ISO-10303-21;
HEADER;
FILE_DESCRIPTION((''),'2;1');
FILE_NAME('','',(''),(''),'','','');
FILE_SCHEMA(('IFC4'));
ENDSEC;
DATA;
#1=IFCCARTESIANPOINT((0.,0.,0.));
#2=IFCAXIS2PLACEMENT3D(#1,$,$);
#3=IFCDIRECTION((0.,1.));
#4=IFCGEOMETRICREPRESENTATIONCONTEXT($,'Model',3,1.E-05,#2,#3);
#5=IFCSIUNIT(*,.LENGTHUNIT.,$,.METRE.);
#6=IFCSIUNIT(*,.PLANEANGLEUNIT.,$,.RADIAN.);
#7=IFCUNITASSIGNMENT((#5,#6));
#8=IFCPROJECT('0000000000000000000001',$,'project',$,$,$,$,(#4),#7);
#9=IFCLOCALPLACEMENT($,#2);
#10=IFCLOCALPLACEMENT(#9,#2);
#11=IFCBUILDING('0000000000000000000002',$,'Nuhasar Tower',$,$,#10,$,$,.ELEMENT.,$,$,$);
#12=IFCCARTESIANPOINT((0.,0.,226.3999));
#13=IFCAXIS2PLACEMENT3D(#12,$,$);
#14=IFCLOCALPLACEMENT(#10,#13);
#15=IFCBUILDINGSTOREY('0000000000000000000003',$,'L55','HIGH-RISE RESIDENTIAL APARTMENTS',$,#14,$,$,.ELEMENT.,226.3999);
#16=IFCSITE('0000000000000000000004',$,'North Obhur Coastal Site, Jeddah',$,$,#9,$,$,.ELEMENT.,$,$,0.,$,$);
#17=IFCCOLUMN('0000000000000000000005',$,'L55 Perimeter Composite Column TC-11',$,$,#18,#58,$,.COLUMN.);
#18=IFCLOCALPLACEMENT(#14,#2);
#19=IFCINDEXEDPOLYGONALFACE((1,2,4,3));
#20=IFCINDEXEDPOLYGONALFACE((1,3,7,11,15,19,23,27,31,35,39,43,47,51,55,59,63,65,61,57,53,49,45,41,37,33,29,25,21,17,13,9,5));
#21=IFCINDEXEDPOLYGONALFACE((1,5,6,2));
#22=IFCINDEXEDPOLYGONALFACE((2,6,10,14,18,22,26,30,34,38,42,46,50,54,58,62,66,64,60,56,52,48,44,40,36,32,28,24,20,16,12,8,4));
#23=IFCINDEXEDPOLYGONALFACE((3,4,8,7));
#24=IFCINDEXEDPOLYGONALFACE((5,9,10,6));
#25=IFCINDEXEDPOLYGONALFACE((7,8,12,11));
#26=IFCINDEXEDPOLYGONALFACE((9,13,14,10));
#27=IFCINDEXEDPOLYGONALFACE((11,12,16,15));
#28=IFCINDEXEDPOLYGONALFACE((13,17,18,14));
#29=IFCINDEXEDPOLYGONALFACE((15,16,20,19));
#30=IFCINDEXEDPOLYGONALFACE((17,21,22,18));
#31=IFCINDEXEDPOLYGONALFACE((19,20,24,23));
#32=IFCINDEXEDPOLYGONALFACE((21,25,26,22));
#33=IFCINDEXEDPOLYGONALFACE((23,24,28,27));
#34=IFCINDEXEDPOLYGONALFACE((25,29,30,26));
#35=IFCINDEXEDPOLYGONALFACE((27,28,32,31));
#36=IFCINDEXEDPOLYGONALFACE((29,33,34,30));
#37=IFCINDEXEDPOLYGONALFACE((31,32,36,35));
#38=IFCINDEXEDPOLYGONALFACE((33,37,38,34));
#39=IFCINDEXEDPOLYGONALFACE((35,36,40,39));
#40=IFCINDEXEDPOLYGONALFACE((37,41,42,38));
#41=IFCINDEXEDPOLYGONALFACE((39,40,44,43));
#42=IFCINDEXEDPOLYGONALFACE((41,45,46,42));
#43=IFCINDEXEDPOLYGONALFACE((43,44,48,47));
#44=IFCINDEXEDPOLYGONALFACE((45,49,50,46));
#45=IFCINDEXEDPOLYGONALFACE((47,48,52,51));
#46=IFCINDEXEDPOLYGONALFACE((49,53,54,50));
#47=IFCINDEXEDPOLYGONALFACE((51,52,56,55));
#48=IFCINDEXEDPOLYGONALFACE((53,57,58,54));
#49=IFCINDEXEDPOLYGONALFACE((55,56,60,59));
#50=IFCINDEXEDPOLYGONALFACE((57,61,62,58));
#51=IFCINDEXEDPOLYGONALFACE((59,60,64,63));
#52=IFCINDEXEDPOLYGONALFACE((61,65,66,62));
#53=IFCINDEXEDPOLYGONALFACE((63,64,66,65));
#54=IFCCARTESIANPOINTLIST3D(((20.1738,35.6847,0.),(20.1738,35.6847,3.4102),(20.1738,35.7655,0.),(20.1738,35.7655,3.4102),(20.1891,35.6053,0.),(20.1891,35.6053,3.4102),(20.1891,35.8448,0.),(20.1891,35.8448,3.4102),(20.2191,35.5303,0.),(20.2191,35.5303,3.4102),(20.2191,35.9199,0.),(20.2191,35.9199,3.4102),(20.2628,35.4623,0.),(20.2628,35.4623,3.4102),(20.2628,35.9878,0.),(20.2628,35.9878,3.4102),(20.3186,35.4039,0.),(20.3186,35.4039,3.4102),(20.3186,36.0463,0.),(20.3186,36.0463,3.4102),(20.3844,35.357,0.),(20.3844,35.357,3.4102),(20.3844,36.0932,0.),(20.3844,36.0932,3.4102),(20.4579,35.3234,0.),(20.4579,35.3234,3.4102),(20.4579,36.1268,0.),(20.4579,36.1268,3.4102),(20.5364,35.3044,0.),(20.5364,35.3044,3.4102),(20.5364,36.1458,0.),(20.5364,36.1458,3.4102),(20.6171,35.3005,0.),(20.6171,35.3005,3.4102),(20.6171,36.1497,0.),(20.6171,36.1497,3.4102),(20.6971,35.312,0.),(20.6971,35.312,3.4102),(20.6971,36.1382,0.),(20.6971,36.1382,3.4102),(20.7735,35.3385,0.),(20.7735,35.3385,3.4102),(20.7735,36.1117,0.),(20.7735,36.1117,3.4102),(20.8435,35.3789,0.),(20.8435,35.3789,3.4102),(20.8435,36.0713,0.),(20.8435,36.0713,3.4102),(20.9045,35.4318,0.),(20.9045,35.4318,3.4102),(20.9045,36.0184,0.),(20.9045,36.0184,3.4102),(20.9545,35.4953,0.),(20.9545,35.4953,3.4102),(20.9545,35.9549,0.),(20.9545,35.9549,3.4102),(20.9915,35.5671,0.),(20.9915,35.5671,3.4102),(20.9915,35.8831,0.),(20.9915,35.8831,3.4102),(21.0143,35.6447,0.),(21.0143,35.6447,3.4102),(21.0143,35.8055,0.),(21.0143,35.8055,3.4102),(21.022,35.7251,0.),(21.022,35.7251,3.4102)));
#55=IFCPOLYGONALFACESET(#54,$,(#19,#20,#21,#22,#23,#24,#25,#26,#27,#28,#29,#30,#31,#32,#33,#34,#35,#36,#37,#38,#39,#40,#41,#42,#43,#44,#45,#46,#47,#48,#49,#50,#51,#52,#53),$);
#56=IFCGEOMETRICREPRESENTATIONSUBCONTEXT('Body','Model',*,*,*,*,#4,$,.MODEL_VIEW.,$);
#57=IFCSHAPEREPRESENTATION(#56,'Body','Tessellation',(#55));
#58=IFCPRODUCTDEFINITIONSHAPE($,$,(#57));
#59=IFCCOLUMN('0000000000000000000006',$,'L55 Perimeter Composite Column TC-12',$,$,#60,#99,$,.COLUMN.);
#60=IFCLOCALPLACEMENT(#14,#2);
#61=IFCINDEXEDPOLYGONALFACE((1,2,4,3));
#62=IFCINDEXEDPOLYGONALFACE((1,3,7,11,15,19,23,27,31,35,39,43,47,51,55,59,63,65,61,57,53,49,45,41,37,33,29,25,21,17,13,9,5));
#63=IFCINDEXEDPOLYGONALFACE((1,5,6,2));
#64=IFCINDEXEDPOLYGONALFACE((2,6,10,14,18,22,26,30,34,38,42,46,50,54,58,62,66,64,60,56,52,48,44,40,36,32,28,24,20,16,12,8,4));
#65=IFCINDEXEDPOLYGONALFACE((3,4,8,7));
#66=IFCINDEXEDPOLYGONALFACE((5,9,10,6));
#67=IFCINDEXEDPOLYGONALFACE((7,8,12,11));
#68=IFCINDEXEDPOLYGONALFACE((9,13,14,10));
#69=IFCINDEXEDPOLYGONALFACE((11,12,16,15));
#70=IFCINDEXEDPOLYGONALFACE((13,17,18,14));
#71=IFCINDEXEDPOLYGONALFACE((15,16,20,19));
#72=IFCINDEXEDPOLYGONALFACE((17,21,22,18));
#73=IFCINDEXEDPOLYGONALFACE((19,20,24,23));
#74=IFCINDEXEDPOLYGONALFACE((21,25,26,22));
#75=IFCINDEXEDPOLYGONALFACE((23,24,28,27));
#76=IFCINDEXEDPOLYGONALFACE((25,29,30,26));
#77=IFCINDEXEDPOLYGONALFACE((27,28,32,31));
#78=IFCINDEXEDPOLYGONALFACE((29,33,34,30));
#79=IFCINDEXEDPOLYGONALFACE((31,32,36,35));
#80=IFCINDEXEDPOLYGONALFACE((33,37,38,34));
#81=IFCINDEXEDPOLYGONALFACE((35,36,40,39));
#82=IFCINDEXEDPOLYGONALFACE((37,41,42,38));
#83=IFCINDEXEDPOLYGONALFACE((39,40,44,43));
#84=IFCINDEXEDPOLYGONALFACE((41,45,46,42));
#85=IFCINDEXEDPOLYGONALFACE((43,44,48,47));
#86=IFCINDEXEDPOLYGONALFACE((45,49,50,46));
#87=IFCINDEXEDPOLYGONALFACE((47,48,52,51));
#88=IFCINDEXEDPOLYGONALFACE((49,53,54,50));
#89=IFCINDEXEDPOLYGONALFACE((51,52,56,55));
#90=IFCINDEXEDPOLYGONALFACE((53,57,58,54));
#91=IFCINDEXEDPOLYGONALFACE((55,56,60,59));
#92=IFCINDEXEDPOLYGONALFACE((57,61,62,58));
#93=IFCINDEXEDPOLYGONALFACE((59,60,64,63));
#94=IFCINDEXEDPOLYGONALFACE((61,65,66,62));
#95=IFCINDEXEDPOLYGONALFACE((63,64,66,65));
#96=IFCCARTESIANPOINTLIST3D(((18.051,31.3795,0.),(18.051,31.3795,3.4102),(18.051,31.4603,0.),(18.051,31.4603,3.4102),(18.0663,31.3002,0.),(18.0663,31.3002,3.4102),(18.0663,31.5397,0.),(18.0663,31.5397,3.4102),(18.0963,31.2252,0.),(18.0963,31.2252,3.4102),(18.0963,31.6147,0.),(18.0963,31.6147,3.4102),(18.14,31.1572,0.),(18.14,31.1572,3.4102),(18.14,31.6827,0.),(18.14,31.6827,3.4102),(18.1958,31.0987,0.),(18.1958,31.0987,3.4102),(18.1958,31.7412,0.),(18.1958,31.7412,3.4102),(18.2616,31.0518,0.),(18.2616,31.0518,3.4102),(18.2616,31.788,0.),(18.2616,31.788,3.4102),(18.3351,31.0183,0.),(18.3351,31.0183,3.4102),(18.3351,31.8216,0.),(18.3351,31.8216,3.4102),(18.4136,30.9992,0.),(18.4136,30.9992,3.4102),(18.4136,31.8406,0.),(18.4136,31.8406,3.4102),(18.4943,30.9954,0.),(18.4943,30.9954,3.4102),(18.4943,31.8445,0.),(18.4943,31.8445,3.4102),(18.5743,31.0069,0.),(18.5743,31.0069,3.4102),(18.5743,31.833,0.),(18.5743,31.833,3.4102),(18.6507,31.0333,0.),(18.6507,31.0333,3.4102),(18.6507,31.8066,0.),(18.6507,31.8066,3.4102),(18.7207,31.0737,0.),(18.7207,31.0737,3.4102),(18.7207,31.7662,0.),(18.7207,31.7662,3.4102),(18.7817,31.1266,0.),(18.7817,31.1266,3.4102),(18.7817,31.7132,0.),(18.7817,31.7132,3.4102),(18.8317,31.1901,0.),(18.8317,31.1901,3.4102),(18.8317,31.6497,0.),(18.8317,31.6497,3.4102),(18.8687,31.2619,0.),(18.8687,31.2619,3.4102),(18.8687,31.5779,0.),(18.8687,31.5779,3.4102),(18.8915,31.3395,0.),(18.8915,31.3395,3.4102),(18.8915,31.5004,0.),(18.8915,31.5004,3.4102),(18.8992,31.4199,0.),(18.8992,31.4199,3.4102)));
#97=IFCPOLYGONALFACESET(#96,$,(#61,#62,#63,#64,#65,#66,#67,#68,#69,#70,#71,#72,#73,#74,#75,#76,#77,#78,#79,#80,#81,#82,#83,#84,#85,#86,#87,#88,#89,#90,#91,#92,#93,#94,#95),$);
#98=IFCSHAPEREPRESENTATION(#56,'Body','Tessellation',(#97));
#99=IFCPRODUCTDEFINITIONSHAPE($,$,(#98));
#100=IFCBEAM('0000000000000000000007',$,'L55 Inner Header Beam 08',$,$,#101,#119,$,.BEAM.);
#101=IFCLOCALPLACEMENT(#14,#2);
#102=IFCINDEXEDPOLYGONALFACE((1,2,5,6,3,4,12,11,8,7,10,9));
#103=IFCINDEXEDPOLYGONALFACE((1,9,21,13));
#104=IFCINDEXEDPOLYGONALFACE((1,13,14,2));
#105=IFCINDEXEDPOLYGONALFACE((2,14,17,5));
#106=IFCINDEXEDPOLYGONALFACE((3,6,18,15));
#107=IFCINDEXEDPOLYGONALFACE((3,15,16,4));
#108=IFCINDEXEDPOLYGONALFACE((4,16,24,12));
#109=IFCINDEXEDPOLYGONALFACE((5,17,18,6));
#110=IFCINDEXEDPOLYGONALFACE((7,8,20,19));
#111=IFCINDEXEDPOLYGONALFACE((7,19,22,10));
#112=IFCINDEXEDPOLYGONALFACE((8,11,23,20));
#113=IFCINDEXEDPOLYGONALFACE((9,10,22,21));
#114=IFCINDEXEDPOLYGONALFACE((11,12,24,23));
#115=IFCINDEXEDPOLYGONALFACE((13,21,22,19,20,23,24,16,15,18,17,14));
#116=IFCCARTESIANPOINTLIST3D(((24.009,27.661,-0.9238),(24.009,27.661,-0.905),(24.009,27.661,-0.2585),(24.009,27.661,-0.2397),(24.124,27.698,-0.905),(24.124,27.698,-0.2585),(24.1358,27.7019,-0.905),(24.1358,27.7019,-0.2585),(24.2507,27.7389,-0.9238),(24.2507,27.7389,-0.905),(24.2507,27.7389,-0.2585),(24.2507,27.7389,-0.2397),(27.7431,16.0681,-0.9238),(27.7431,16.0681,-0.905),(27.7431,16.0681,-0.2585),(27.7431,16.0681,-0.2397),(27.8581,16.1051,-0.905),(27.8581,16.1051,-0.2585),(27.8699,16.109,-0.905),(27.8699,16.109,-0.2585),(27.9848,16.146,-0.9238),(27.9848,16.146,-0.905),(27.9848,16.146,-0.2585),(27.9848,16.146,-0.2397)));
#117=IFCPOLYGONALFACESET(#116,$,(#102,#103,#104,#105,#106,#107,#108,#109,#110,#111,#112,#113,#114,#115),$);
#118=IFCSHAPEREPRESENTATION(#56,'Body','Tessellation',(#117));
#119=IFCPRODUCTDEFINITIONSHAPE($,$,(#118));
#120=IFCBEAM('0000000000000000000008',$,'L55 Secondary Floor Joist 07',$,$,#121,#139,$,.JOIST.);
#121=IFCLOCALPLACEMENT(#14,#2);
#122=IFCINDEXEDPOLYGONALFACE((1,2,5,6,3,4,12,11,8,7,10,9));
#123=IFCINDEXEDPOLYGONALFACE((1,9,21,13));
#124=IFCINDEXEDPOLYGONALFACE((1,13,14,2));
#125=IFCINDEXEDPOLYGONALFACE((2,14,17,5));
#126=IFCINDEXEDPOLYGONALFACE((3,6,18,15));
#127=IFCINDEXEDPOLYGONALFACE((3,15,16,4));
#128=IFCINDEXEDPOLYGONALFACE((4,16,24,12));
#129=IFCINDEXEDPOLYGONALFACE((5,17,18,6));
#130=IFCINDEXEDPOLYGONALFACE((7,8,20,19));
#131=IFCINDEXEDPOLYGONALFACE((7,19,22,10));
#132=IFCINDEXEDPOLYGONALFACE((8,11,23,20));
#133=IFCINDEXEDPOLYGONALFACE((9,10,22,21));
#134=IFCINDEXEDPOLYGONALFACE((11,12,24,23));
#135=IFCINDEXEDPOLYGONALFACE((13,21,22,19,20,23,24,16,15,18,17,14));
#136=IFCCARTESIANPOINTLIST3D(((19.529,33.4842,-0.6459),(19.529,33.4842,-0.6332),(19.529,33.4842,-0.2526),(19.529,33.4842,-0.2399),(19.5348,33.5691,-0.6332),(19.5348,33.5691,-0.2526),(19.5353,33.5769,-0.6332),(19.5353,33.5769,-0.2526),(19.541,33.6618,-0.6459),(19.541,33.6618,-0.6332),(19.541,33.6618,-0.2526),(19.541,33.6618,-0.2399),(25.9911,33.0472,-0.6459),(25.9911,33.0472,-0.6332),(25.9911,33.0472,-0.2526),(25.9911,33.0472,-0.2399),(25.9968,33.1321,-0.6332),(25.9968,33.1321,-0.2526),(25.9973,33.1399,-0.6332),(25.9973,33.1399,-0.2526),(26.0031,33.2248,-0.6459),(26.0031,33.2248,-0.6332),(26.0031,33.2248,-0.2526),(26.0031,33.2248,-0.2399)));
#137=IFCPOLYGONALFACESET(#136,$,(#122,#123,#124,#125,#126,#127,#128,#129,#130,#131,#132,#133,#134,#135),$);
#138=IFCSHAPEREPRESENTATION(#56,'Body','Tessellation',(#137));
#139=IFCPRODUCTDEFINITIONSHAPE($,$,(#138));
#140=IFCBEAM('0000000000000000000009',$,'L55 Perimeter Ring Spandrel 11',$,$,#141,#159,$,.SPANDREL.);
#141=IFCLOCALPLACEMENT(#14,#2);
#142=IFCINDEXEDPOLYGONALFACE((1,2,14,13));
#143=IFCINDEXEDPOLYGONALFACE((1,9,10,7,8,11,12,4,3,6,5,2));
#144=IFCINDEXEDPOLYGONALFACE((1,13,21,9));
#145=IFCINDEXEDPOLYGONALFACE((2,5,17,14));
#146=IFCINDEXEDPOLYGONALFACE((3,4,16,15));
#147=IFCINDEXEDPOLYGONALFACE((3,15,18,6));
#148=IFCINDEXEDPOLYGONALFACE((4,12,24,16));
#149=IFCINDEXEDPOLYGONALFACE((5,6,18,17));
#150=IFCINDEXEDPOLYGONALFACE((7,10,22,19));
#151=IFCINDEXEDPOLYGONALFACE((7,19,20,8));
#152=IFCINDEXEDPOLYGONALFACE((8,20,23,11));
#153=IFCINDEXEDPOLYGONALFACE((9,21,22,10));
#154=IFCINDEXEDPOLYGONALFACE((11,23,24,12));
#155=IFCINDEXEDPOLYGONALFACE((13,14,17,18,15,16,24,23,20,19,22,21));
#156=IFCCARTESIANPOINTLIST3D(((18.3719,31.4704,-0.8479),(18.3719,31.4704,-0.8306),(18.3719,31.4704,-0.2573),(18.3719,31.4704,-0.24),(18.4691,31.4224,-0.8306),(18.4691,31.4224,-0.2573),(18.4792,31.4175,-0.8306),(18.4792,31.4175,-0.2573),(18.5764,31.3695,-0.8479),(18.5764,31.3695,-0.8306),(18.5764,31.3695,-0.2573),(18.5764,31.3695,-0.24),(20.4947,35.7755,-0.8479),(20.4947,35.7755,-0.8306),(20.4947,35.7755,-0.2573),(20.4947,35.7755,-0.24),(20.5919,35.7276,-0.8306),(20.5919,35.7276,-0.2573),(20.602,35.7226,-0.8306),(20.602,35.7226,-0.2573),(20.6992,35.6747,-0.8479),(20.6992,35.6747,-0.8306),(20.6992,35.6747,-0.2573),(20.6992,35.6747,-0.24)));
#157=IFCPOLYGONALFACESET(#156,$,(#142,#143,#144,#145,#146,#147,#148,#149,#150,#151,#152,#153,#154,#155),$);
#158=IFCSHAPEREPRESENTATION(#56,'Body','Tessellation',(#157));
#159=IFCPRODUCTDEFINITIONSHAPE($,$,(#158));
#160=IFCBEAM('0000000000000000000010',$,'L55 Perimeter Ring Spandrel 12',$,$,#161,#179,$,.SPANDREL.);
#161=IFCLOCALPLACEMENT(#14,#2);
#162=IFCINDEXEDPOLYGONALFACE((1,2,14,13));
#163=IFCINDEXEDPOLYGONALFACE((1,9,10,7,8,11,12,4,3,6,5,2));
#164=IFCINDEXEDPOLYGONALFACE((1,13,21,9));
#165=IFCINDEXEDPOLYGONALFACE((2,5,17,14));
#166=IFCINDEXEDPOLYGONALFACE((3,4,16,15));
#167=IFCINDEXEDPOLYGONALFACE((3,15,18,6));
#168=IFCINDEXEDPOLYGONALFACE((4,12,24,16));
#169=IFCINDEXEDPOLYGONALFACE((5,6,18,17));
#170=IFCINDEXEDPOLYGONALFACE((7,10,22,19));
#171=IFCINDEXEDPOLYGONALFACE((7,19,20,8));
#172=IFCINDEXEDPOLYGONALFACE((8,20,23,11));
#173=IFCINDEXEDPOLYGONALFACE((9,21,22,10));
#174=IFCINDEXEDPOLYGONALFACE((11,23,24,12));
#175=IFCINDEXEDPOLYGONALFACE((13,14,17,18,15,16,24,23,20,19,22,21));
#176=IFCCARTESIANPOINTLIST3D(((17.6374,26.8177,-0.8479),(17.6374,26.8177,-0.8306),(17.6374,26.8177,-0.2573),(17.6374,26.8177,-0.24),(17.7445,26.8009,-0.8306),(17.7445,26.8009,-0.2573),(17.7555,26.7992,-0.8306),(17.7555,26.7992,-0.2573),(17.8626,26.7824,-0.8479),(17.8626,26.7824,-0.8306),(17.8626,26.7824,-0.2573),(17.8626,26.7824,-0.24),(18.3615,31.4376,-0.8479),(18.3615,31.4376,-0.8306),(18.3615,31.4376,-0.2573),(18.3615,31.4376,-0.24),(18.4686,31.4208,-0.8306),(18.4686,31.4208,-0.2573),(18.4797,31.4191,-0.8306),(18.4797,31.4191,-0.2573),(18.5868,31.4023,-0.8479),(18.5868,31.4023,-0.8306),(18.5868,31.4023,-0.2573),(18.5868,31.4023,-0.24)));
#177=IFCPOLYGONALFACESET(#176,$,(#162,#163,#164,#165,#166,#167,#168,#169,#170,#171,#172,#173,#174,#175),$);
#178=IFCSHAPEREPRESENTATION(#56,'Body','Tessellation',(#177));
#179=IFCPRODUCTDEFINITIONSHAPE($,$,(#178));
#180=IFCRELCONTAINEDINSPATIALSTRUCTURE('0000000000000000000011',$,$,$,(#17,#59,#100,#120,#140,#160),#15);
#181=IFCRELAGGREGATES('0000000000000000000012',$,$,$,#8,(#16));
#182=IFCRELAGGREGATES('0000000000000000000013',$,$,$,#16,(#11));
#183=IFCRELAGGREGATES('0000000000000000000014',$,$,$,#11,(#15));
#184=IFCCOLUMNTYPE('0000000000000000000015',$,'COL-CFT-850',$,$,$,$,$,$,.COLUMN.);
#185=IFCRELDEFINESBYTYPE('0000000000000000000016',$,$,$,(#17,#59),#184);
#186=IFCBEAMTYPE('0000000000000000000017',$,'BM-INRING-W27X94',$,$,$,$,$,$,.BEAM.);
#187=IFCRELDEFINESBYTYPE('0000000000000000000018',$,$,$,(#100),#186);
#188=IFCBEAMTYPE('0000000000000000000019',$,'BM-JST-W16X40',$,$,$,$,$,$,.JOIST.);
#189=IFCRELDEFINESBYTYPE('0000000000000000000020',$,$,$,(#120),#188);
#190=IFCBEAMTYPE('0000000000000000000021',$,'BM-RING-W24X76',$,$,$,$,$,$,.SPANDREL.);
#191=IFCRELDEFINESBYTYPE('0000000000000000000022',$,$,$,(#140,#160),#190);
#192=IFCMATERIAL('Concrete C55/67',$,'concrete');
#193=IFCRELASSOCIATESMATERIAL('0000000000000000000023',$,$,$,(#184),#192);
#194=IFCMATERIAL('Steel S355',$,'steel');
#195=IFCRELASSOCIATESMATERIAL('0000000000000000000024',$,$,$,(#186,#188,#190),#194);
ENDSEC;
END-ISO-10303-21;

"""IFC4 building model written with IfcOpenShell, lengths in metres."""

from ifc_helpers import new_model, si_unit, direction, frame, origin, origin_2d, place, context, subcontext, project, spatial, circle, i_section, extrude, material, material_profile, profile_set, type_object, element, save


model = new_model("IFC4")

# Units and contexts
model_context = context("Model", 3, precision=1e-05, world=origin(), true_north=direction((0.0, 1.0)))
body_context = subcontext(model_context, "Body", "Model", "MODEL_VIEW")
ifc_project = project(units=[si_unit("LENGTHUNIT", "METRE"), si_unit("PLANEANGLEUNIT", "RADIAN")], contexts=[model_context])

# Site, building, storey
site_placement = place(None, origin())
site = spatial("IfcSite", under=ifc_project, at=site_placement, Name="North Obhur Coastal Site, Jeddah", CompositionType="ELEMENT", RefElevation=0.0)
building_placement = place(site_placement, origin())
building = spatial("IfcBuilding", under=site, at=building_placement, Name="Nuhasar Tower", CompositionType="ELEMENT")
storey_placement = place(building_placement, frame((0.0, 0.0, 226.3999)))
storey = spatial("IfcBuildingStorey", under=building, at=storey_placement, Name="L55", Description="HIGH-RISE RESIDENTIAL APARTMENTS", CompositionType="ELEMENT", Elevation=226.3999)

# Columns
ifc_material_1 = material(Name="Concrete C55/67", Category="concrete")
ifc_material_profile_1 = material_profile(ifc_material_1, circle(Radius=0.425, at=origin_2d()), Name="CFT850")
ifc_profile_set_1 = profile_set([ifc_material_profile_1], Name="Concrete C55/67")
column_type = type_object("IfcColumnType", Name="COL-CFT-850", PredefinedType="COLUMN", material=ifc_profile_set_1)
for number, where, z_axis, x_axis, name in (
    (1, (20.5969, 35.7251, 0.0), (0.0, 0.0, 1.0), (1.0, 0.0, 0.0), "L55 Perimeter Composite Column TC-11"),
    (2, (18.4741, 31.4199, 0.0), (0.0, 0.0, 1.0), (1.0, 0.0, 0.0), "L55 Perimeter Composite Column TC-12"),
):
    element("IfcColumn", number, at=place(storey_placement, frame(where, z_axis=z_axis, x_axis=x_axis)), inside=storey, type_object=column_type, Name=name, PredefinedType="COLUMN", context=body_context, shape_type="SweptSolid", body=[
        extrude(circle(Radius=0.425, at=origin_2d()), origin(), (0.0, 0.0, 1.0), 3.4102),
    ])

# Beams
ifc_material_2 = material(Name="Steel S355", Category="steel")
ifc_material_profile_2 = material_profile(ifc_material_2, i_section(OverallWidth=0.2539, OverallDepth=0.6841, WebThickness=0.0125, FlangeThickness=0.0188, at=origin_2d()), Name="W27X94")
ifc_profile_set_2 = profile_set([ifc_material_profile_2], Name="Steel S355")
beam_type_1 = type_object("IfcBeamType", Name="BM-INRING-W27X94", PredefinedType="BEAM", material=ifc_profile_set_2)
beam_1_placement = place(storey_placement, frame((24.1299, 27.7, -0.5818), z_axis=(0.30659, -0.951842, 0.0), x_axis=(0.951842, 0.30659, 0.0)))
element("IfcBeam", 3, at=beam_1_placement, inside=storey, type_object=beam_type_1, Name="L55 Inner Header Beam 08", PredefinedType="BEAM", context=body_context, shape_type="SweptSolid", body=[
    extrude(i_section(OverallWidth=0.2539, OverallDepth=0.6841, WebThickness=0.0125, FlangeThickness=0.0188, at=origin_2d()), origin(), (0.0, 0.0, 1.0), 12.1794),
])
ifc_material_profile_3 = material_profile(ifc_material_2, i_section(OverallWidth=0.178, OverallDepth=0.406, WebThickness=0.0078, FlangeThickness=0.0127, at=origin_2d()), Name="W16X40")
ifc_profile_set_3 = profile_set([ifc_material_profile_3], Name="Steel S355")
beam_type_2 = type_object("IfcBeamType", Name="BM-JST-W16X40", PredefinedType="JOIST", material=ifc_profile_set_3)
beam_2_placement = place(storey_placement, frame((25.9971, 33.136, -0.4429), z_axis=(-0.997721, 0.067472, 0.0), x_axis=(-0.067472, -0.997721, 0.0)))
element("IfcBeam", 4, at=beam_2_placement, inside=storey, type_object=beam_type_2, Name="L55 Secondary Floor Joist 07", PredefinedType="JOIST", context=body_context, shape_type="SweptSolid", body=[
    extrude(i_section(OverallWidth=0.178, OverallDepth=0.406, WebThickness=0.0078, FlangeThickness=0.0127, at=origin_2d()), origin(), (0.0, 0.0, 1.0), 6.4768),
])
ifc_material_profile_4 = material_profile(ifc_material_2, i_section(OverallWidth=0.228, OverallDepth=0.6079, WebThickness=0.0112, FlangeThickness=0.0173, at=origin_2d()), Name="W24X76")
ifc_profile_set_4 = profile_set([ifc_material_profile_4], Name="Steel S355")
beam_type_3 = type_object("IfcBeamType", Name="BM-RING-W24X76", PredefinedType="SPANDREL", material=ifc_profile_set_4)
beam_3_placement = place(storey_placement, frame((20.5969, 35.7251, -0.5439), z_axis=(-0.442243, -0.896895, 0.0), x_axis=(0.896895, -0.442243, 0.0)))
element("IfcBeam", 5, at=beam_3_placement, inside=storey, type_object=beam_type_3, Name="L55 Perimeter Ring Spandrel 11", PredefinedType="SPANDREL", context=body_context, shape_type="SweptSolid", body=[
    extrude(i_section(OverallWidth=0.228, OverallDepth=0.6079, WebThickness=0.0112, FlangeThickness=0.0173, at=origin_2d()), origin(), (0.0, 0.0, 1.0), 4.8),
])
beam_4_placement = place(storey_placement, frame((18.4741, 31.4199, -0.5439), z_axis=(-0.15485, -0.987938, 0.0), x_axis=(0.987938, -0.15485, 0.0)))
element("IfcBeam", 6, at=beam_4_placement, inside=storey, type_object=beam_type_3, Name="L55 Perimeter Ring Spandrel 12", PredefinedType="SPANDREL", context=body_context, shape_type="SweptSolid", body=[
    extrude(i_section(OverallWidth=0.228, OverallDepth=0.6079, WebThickness=0.0112, FlangeThickness=0.0173, at=origin_2d()), origin(), (0.0, 0.0, 1.0), 4.6763),
])

save(model, "model.ifc")
